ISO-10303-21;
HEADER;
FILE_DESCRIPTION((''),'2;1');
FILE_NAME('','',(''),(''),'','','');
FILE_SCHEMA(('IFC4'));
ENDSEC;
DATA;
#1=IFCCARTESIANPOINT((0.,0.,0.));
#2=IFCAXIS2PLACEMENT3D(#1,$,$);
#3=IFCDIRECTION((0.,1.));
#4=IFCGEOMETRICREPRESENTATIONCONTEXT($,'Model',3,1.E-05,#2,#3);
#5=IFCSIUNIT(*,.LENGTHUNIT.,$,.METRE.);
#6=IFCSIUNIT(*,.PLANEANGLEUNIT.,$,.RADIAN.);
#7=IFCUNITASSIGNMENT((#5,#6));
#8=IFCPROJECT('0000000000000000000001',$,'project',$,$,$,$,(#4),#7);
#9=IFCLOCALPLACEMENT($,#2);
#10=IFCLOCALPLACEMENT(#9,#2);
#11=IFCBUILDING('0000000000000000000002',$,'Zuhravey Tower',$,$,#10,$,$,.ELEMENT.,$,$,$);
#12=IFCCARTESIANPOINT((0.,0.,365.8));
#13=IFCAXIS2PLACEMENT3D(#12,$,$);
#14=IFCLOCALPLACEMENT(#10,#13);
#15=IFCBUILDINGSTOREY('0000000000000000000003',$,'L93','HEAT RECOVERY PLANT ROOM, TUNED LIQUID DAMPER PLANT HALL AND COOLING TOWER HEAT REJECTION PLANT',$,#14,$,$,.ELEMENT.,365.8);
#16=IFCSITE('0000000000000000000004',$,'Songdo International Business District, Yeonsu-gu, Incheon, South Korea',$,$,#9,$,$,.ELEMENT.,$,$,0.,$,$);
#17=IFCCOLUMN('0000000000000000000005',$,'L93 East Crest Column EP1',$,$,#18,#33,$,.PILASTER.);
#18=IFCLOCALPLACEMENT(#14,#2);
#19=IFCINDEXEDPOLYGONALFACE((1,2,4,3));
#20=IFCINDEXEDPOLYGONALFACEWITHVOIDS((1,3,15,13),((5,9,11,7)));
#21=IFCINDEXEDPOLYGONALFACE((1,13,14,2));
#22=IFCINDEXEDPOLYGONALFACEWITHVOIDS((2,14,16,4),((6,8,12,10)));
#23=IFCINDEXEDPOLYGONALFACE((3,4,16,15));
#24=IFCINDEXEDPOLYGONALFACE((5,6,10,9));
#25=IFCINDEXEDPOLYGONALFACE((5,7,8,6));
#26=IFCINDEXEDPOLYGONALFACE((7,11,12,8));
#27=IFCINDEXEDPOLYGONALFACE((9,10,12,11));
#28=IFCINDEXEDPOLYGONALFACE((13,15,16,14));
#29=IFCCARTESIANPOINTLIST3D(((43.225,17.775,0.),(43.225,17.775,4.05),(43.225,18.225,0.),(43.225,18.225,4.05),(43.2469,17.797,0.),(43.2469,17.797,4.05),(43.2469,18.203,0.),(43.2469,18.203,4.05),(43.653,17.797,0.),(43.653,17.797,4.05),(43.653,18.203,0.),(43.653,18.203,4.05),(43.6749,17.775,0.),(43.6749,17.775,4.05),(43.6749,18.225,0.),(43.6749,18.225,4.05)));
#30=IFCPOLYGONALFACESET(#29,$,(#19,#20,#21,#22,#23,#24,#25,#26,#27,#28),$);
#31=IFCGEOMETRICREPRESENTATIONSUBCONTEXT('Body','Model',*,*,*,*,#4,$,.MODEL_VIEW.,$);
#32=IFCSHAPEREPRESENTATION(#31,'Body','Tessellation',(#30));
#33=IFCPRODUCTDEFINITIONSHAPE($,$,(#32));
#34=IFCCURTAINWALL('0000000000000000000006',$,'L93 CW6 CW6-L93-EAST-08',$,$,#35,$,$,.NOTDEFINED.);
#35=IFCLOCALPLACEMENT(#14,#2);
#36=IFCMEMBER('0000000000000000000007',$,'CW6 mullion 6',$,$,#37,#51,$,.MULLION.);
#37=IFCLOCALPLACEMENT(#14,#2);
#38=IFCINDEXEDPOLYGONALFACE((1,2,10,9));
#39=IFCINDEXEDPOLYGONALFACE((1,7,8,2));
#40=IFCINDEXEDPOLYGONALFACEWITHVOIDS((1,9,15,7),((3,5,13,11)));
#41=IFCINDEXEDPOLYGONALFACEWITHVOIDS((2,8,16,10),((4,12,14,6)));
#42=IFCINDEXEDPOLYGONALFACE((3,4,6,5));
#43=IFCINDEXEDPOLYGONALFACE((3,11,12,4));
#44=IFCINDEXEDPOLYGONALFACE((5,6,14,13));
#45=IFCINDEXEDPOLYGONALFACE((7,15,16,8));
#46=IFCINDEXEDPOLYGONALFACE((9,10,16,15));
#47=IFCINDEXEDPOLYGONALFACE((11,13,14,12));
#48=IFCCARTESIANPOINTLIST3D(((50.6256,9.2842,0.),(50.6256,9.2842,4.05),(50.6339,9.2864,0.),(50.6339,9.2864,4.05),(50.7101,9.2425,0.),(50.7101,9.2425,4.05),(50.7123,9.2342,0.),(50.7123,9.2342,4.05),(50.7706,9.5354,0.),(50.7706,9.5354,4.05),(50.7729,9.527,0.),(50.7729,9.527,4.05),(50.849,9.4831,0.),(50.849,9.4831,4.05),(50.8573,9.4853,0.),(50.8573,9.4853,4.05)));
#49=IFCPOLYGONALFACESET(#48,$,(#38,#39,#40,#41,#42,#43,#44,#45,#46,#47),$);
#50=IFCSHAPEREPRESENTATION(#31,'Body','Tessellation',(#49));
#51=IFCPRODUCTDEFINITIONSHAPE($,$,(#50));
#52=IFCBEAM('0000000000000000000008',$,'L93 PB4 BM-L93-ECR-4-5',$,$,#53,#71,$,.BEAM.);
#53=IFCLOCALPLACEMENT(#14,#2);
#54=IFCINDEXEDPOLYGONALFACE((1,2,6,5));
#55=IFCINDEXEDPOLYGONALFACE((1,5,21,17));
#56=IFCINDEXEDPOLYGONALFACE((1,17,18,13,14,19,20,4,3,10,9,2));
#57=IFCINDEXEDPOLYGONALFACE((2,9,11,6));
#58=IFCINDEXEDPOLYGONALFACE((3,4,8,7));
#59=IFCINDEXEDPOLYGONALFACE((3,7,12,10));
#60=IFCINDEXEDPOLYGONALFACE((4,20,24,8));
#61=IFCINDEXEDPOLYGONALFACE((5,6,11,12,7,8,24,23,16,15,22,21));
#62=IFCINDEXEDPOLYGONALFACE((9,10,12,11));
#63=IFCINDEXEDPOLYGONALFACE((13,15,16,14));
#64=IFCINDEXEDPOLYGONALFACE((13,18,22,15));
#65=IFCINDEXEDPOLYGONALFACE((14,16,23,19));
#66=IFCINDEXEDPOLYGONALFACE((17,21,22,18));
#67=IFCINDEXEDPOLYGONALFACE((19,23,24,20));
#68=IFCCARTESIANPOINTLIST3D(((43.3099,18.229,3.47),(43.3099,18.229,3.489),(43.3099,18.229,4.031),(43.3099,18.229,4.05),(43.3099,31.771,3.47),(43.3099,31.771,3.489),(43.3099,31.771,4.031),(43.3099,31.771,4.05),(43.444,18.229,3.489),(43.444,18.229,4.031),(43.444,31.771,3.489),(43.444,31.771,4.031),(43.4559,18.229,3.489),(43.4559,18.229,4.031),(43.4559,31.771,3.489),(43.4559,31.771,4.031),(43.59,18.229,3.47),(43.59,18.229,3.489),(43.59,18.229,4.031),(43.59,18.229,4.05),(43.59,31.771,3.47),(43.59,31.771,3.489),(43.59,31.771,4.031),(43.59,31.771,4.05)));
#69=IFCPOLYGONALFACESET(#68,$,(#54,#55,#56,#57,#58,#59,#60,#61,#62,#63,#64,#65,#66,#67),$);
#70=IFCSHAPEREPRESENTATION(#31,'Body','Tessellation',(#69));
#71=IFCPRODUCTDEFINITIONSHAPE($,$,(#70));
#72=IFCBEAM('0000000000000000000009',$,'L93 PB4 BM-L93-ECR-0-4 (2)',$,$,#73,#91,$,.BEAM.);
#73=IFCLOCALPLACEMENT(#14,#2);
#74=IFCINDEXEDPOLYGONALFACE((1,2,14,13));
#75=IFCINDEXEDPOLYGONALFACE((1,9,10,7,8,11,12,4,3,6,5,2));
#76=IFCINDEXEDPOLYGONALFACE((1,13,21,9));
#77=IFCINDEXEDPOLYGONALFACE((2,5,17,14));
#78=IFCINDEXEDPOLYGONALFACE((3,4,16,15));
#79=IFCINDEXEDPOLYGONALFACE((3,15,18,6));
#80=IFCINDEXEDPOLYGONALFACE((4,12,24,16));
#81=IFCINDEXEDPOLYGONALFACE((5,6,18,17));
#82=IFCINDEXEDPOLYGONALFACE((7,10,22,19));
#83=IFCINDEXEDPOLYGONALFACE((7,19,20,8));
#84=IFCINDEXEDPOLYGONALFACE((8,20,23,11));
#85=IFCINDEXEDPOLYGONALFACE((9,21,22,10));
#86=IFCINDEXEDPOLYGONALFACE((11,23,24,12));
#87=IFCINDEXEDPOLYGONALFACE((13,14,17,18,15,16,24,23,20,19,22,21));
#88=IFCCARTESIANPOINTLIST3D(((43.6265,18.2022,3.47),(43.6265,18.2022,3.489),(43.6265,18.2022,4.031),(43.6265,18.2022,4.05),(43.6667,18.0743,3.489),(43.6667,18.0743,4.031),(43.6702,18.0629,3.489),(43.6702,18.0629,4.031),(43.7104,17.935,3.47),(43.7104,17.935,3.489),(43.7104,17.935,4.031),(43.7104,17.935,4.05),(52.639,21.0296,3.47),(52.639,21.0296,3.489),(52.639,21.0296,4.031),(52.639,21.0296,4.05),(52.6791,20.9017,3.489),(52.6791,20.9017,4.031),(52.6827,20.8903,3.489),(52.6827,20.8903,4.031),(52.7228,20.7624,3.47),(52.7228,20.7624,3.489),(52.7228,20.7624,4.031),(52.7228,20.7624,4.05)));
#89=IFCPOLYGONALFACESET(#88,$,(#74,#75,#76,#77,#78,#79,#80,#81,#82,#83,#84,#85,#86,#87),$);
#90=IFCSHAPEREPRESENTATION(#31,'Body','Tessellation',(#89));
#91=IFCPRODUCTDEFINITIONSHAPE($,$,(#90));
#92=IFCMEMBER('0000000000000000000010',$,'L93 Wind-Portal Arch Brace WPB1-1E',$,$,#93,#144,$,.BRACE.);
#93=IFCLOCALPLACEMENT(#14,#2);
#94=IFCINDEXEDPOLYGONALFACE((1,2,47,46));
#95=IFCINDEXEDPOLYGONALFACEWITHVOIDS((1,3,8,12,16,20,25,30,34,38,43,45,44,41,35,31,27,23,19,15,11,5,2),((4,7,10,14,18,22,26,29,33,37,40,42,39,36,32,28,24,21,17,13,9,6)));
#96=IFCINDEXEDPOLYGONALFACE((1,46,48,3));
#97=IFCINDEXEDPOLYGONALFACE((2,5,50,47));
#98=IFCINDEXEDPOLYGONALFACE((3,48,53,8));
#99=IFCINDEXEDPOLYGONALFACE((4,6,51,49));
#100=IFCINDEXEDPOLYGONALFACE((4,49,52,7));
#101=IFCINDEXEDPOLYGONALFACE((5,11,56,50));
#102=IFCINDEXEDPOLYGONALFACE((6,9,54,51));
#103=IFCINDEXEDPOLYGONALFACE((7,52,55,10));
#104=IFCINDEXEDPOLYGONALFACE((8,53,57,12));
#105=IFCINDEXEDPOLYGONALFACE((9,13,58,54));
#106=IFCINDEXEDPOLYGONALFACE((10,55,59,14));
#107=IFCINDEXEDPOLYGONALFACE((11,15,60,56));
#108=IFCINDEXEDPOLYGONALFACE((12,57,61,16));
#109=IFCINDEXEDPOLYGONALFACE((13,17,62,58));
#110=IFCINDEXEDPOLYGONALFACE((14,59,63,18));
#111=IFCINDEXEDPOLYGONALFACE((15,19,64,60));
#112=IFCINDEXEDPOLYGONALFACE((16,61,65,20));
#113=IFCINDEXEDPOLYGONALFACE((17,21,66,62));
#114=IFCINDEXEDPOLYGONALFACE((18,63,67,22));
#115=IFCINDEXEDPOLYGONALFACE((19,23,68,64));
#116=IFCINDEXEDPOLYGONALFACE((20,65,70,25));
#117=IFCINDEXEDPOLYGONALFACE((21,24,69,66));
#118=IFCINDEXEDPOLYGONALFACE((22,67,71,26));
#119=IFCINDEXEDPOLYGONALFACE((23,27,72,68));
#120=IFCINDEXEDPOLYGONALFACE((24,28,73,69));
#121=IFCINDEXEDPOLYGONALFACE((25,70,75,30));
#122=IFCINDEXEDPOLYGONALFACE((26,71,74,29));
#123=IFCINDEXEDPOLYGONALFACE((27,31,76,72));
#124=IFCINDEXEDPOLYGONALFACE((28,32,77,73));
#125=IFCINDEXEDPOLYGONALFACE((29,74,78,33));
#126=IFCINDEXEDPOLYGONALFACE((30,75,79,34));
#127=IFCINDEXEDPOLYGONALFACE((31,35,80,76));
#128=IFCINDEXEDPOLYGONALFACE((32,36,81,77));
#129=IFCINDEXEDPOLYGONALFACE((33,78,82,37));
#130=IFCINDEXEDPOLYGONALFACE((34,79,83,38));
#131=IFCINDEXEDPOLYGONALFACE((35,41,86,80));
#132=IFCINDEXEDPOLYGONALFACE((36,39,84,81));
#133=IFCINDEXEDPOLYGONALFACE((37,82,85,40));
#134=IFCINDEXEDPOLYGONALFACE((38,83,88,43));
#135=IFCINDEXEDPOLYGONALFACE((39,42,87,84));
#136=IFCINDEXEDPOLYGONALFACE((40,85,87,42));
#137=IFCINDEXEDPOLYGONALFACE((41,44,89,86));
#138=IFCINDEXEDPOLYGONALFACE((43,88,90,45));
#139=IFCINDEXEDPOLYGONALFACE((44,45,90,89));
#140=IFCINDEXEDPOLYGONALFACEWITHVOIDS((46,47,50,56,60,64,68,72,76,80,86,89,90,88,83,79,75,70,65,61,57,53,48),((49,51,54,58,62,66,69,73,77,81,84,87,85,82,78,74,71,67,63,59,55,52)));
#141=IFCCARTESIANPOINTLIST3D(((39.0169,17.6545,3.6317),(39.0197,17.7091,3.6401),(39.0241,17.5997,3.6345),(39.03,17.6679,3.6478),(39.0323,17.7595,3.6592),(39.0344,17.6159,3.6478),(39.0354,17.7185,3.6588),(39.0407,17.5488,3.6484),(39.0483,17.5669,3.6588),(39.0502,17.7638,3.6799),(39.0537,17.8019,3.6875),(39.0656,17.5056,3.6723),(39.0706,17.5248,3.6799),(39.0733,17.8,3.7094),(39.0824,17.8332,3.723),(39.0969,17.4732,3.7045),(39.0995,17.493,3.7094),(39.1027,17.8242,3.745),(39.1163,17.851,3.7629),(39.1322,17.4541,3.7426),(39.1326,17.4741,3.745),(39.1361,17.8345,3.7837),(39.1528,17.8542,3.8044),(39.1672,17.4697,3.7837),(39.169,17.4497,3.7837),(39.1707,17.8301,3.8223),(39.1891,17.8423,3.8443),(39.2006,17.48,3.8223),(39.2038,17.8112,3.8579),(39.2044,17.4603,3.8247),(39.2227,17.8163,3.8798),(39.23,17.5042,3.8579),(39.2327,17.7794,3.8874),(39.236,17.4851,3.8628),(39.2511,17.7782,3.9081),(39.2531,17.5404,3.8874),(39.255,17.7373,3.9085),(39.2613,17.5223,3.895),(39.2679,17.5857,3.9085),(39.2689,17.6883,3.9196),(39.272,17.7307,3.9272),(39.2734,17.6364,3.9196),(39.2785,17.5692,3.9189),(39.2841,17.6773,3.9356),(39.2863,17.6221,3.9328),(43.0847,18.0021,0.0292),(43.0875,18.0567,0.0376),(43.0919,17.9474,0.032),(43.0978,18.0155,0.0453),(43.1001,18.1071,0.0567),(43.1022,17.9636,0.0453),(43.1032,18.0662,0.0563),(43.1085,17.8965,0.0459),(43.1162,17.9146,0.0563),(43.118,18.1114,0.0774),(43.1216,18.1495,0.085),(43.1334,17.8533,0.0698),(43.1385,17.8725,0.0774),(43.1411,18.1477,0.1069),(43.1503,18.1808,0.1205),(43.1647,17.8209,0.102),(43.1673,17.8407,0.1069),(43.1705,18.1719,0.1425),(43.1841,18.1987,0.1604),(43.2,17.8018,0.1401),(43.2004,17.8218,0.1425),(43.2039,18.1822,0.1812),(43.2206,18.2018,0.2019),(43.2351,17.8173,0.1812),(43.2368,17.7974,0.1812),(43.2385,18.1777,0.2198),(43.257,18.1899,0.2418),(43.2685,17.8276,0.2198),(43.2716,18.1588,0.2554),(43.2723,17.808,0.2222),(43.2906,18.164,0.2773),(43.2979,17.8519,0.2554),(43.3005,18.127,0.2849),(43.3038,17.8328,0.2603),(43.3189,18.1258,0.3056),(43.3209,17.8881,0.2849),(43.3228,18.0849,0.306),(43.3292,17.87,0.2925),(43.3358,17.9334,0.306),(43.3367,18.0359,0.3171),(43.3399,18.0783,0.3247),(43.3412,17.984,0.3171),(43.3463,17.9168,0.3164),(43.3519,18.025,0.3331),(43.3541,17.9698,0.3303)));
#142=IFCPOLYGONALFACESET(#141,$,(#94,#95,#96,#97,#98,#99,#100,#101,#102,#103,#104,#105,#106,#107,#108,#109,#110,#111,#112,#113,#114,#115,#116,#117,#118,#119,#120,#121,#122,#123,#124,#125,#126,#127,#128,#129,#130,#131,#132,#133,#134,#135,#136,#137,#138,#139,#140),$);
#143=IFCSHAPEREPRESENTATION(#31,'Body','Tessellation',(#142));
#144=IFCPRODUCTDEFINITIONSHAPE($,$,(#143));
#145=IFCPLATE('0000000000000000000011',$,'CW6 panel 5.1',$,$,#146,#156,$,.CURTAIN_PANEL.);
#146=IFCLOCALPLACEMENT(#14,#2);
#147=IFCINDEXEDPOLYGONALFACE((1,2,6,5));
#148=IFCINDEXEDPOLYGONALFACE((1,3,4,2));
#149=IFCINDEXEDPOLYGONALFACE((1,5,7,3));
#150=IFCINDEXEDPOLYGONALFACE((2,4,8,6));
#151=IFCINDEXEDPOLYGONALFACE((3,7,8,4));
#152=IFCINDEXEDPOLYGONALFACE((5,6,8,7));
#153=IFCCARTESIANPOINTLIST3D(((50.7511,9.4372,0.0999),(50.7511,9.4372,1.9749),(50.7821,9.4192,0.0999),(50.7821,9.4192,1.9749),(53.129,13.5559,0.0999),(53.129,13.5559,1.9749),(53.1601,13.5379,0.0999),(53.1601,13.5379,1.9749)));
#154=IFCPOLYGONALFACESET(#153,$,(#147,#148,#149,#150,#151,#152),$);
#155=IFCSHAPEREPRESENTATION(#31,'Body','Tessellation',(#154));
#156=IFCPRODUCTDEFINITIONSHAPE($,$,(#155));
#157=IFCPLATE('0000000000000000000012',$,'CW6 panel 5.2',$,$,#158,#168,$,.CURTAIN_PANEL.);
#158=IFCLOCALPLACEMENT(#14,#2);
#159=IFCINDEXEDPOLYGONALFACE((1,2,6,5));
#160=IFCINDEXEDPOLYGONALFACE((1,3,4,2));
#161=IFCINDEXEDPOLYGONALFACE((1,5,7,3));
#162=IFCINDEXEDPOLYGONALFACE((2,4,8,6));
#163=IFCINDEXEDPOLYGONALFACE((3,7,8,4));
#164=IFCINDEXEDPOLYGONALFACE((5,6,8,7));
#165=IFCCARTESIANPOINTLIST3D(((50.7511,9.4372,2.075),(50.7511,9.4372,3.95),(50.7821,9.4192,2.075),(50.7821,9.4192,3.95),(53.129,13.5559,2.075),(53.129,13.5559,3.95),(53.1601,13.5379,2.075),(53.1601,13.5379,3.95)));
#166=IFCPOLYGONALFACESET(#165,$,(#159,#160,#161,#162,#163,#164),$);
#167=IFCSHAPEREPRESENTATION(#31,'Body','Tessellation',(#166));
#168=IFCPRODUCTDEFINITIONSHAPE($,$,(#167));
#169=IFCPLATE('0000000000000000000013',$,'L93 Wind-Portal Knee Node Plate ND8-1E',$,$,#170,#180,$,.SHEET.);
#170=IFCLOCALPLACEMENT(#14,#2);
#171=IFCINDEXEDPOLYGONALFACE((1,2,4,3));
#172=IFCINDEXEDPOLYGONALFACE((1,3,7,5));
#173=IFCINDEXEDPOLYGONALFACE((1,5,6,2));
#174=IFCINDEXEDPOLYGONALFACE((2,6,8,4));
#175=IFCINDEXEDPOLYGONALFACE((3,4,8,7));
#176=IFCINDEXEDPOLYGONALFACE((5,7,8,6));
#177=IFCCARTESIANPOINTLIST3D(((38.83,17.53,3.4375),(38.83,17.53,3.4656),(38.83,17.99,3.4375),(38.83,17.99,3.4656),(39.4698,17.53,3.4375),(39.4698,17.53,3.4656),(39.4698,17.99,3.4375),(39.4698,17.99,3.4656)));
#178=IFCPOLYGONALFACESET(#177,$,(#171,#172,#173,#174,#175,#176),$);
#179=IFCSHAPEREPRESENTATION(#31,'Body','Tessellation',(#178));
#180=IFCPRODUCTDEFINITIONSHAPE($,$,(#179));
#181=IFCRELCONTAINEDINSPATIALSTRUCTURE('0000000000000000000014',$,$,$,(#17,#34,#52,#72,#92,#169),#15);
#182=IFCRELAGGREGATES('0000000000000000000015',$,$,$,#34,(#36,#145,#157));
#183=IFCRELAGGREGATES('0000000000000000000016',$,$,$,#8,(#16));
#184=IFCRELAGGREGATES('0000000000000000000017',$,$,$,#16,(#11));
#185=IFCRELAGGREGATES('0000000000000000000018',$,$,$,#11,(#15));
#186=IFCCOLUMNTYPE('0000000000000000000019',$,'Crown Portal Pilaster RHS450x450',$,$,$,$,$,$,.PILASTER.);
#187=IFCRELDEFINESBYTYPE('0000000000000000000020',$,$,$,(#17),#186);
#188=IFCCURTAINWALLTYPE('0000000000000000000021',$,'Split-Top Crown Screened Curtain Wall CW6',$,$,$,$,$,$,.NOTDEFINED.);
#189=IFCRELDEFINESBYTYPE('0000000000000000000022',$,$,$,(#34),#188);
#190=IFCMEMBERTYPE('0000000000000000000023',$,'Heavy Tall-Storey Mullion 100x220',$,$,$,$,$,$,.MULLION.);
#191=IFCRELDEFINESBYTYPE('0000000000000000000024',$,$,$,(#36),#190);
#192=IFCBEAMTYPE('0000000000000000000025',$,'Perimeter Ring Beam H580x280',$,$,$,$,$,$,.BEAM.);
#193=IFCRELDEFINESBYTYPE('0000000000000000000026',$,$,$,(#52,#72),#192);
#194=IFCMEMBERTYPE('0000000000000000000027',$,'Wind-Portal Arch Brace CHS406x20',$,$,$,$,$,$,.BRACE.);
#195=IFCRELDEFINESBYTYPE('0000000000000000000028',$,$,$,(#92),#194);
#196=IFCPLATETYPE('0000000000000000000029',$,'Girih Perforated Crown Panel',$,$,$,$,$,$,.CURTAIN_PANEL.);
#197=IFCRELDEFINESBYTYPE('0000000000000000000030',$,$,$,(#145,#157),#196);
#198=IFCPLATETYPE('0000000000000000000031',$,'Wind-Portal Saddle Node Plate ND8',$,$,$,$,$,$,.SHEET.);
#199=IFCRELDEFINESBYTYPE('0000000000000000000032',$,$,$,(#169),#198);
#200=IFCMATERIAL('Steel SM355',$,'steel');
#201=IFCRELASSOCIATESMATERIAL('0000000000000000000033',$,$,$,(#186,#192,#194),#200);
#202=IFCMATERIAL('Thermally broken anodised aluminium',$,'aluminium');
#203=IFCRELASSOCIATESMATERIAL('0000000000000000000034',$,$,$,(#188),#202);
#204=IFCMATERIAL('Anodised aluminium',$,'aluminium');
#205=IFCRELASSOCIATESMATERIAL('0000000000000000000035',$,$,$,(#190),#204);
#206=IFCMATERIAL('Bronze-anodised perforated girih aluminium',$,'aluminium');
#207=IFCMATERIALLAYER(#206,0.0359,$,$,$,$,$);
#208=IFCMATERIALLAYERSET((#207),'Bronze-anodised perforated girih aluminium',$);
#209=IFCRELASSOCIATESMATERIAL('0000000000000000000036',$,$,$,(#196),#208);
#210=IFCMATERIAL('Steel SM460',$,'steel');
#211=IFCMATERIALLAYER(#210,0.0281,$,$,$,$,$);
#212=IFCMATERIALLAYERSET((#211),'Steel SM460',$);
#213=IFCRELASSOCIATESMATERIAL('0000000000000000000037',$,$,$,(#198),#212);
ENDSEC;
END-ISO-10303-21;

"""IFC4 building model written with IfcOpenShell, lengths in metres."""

from ifc_helpers import new_model, si_unit, direction, frame, origin, origin_2d, place, context, subcontext, project, spatial, rectangle, hollow_rectangle, hollow_circle, i_section, extrude, material, layer, layer_set, material_profile, profile_set, type_object, element, aggregate, save


model = new_model("IFC4")

# Units and contexts
model_context = context("Model", 3, precision=1e-05, world=origin(), true_north=direction((0.0, 1.0)))
body_context = subcontext(model_context, "Body", "Model", "MODEL_VIEW")
ifc_project = project(units=[si_unit("LENGTHUNIT", "METRE"), si_unit("PLANEANGLEUNIT", "RADIAN")], contexts=[model_context])

# Site, building, storey
site_placement = place(None, origin())
site = spatial("IfcSite", under=ifc_project, at=site_placement, Name="Songdo International Business District, Yeonsu-gu, Incheon, South Korea", CompositionType="ELEMENT", RefElevation=0.0)
building_placement = place(site_placement, origin())
building = spatial("IfcBuilding", under=site, at=building_placement, Name="Zuhravey Tower", CompositionType="ELEMENT")
storey_placement = place(building_placement, frame((0.0, 0.0, 365.8)))
storey = spatial("IfcBuildingStorey", under=building, at=storey_placement, Name="L93", Description="HEAT RECOVERY PLANT ROOM, TUNED LIQUID DAMPER PLANT HALL AND COOLING TOWER HEAT REJECTION PLANT", CompositionType="ELEMENT", Elevation=365.8)

# Column
ifc_material_1 = material(Name="Steel SM355", Category="steel")
ifc_material_profile_1 = material_profile(ifc_material_1, hollow_rectangle(XDim=0.45, YDim=0.45, WallThickness=0.022, at=origin_2d()), Name="RHS-450x450x22")
ifc_profile_set_1 = profile_set([ifc_material_profile_1], Name="Steel SM355")
column_type = type_object("IfcColumnType", Name="Crown Portal Pilaster RHS450x450", PredefinedType="PILASTER", material=ifc_profile_set_1)
column_placement = place(storey_placement, frame((43.45, 18.0, 0.0), z_axis=(0.0, 0.0, 1.0), x_axis=(1.0, 0.0, 0.0)))
element("IfcColumn", 1, at=column_placement, inside=storey, type_object=column_type, Name="L93 East Crest Column EP1", PredefinedType="PILASTER", context=body_context, shape_type="SweptSolid", body=[
    extrude(hollow_rectangle(XDim=0.45, YDim=0.45, WallThickness=0.022, at=origin_2d()), origin(), (0.0, 0.0, 1.0), 4.05),
])

# Curtain wall, member
ifc_material_2 = material(Name="Thermally broken anodised aluminium", Category="aluminium")
curtain_wall_type = type_object("IfcCurtainWallType", Name="Split-Top Crown Screened Curtain Wall CW6", PredefinedType="NOTDEFINED", material=ifc_material_2)
curtain_wall_placement = place(storey_placement, origin())
curtain_wall = element("IfcCurtainWall", 2, at=curtain_wall_placement, inside=storey, type_object=curtain_wall_type, Name="L93 CW6 CW6-L93-EAST-08", PredefinedType="NOTDEFINED")
ifc_material_3 = material(Name="Anodised aluminium", Category="aluminium")
ifc_material_profile_2 = material_profile(ifc_material_3, hollow_rectangle(XDim=0.1001, YDim=0.29, WallThickness=0.0061, at=origin_2d()), Name="ALU-RHS-100x290x6")
ifc_profile_set_2 = profile_set([ifc_material_profile_2], Name="Anodised aluminium")
member_type_1 = type_object("IfcMemberType", Name="Heavy Tall-Storey Mullion 100x220", PredefinedType="MULLION", material=ifc_profile_set_2)
member_1_placement = place(storey_placement, frame((50.7415, 9.3848, 0.0), z_axis=(0.0, 0.0, 1.0), x_axis=(0.866027, -0.499997, 0.0)))
member_1 = element("IfcMember", 3, at=member_1_placement, type_object=member_type_1, Name="CW6 mullion 6", PredefinedType="MULLION", context=body_context, shape_type="SweptSolid", body=[
    extrude(hollow_rectangle(XDim=0.1001, YDim=0.29, WallThickness=0.0061, at=origin_2d()), origin(), (0.0, 0.0, 1.0), 4.05),
])

# Beams
ifc_material_profile_3 = material_profile(ifc_material_1, i_section(OverallWidth=0.28, OverallDepth=0.5801, WebThickness=0.012, FlangeThickness=0.019, at=origin_2d()), Name="H-580x280x12x19")
ifc_profile_set_3 = profile_set([ifc_material_profile_3], Name="Steel SM355")
beam_type = type_object("IfcBeamType", Name="Perimeter Ring Beam H580x280", PredefinedType="BEAM", material=ifc_profile_set_3)
beam_1_placement = place(storey_placement, frame((43.45, 18.229, 3.76), z_axis=(0.0, 1.0, 0.0), x_axis=(-1.0, 0.0, 0.0)))
element("IfcBeam", 4, at=beam_1_placement, inside=storey, type_object=beam_type, Name="L93 PB4 BM-L93-ECR-4-5", PredefinedType="BEAM", context=body_context, shape_type="SweptSolid", body=[
    extrude(i_section(OverallWidth=0.28, OverallDepth=0.5801, WebThickness=0.012, FlangeThickness=0.019, at=origin_2d()), origin(), (0.0, 0.0, 1.0), 13.542),
])
beam_2_placement = place(storey_placement, frame((52.6809, 20.896, 3.76), z_axis=(-0.954148, -0.299336, 0.0), x_axis=(0.299336, -0.954148, 0.0)))
element("IfcBeam", 5, at=beam_2_placement, inside=storey, type_object=beam_type, Name="L93 PB4 BM-L93-ECR-0-4 (2)", PredefinedType="BEAM", context=body_context, shape_type="SweptSolid", body=[
    extrude(i_section(OverallWidth=0.28, OverallDepth=0.5801, WebThickness=0.012, FlangeThickness=0.019, at=origin_2d()), origin(), (0.0, 0.0, 1.0), 9.4456),
])

# Member
ifc_material_profile_4 = material_profile(ifc_material_1, hollow_circle(Radius=0.2031, WallThickness=0.02, at=origin_2d()), Name="CHS-406.4x20")
ifc_profile_set_4 = profile_set([ifc_material_profile_4], Name="Steel SM355")
member_type_2 = type_object("IfcMemberType", Name="Wind-Portal Arch Brace CHS406x20", PredefinedType="BRACE", material=ifc_profile_set_4)
member_2_placement = place(storey_placement, frame((43.2195, 17.9998, 0.1812), z_axis=(-0.7471, -0.06385, 0.661638), x_axis=(0.085154, -0.996368, 0.0)))
element("IfcMember", 6, at=member_2_placement, inside=storey, type_object=member_type_2, Name="L93 Wind-Portal Arch Brace WPB1-1E", PredefinedType="BRACE", context=body_context, shape_type="SweptSolid", body=[
    extrude(hollow_circle(Radius=0.2031, WallThickness=0.02, at=origin_2d()), origin(), (0.0, 0.0, 1.0), 5.4448),
])

# Plates
ifc_material_4 = material(Name="Bronze-anodised perforated girih aluminium", Category="aluminium")
ifc_layer_1 = layer(ifc_material_4, 0.0359)
ifc_layer_set_1 = layer_set([ifc_layer_1], Name="Bronze-anodised perforated girih aluminium")
plate_type_1 = type_object("IfcPlateType", Name="Girih Perforated Crown Panel", PredefinedType="CURTAIN_PANEL", material=ifc_layer_set_1)
plate_1_placement = place(storey_placement, frame((51.9556, 11.4875, 0.0999), z_axis=(0.0, 0.0, 1.0), x_axis=(-0.499997, -0.866027, 0.0)))
plate_1 = element("IfcPlate", 7, at=plate_1_placement, type_object=plate_type_1, Name="CW6 panel 5.1", PredefinedType="CURTAIN_PANEL", context=body_context, shape_type="SweptSolid", body=[
    extrude(rectangle(XDim=4.7559, YDim=0.0359, at=origin_2d()), origin(), (0.0, 0.0, 1.0), 1.875),
])
plate_2_placement = place(storey_placement, frame((51.9556, 11.4875, 2.075), z_axis=(0.0, 0.0, 1.0), x_axis=(-0.499997, -0.866027, 0.0)))
plate_2 = element("IfcPlate", 8, at=plate_2_placement, type_object=plate_type_1, Name="CW6 panel 5.2", PredefinedType="CURTAIN_PANEL", context=body_context, shape_type="SweptSolid", body=[
    extrude(rectangle(XDim=4.7559, YDim=0.0359, at=origin_2d()), origin(), (0.0, 0.0, 1.0), 1.875),
])
aggregate(curtain_wall, [member_1, plate_1, plate_2])
ifc_material_5 = material(Name="Steel SM460", Category="steel")
ifc_layer_2 = layer(ifc_material_5, 0.0281)
ifc_layer_set_2 = layer_set([ifc_layer_2], Name="Steel SM460")
plate_type_2 = type_object("IfcPlateType", Name="Wind-Portal Saddle Node Plate ND8", PredefinedType="SHEET", material=ifc_layer_set_2)
plate_3_placement = place(storey_placement, frame((39.1499, 17.76, 3.4375), z_axis=(0.0, 0.0, 1.0), x_axis=(1.0, 0.0, 0.0)))
element("IfcPlate", 9, at=plate_3_placement, inside=storey, type_object=plate_type_2, Name="L93 Wind-Portal Knee Node Plate ND8-1E", PredefinedType="SHEET", context=body_context, shape_type="SweptSolid", body=[
    extrude(rectangle(XDim=0.6399, YDim=0.46, at=origin_2d()), origin(), (0.0, 0.0, 1.0), 0.0281),
])

save(model, "model.ifc")
